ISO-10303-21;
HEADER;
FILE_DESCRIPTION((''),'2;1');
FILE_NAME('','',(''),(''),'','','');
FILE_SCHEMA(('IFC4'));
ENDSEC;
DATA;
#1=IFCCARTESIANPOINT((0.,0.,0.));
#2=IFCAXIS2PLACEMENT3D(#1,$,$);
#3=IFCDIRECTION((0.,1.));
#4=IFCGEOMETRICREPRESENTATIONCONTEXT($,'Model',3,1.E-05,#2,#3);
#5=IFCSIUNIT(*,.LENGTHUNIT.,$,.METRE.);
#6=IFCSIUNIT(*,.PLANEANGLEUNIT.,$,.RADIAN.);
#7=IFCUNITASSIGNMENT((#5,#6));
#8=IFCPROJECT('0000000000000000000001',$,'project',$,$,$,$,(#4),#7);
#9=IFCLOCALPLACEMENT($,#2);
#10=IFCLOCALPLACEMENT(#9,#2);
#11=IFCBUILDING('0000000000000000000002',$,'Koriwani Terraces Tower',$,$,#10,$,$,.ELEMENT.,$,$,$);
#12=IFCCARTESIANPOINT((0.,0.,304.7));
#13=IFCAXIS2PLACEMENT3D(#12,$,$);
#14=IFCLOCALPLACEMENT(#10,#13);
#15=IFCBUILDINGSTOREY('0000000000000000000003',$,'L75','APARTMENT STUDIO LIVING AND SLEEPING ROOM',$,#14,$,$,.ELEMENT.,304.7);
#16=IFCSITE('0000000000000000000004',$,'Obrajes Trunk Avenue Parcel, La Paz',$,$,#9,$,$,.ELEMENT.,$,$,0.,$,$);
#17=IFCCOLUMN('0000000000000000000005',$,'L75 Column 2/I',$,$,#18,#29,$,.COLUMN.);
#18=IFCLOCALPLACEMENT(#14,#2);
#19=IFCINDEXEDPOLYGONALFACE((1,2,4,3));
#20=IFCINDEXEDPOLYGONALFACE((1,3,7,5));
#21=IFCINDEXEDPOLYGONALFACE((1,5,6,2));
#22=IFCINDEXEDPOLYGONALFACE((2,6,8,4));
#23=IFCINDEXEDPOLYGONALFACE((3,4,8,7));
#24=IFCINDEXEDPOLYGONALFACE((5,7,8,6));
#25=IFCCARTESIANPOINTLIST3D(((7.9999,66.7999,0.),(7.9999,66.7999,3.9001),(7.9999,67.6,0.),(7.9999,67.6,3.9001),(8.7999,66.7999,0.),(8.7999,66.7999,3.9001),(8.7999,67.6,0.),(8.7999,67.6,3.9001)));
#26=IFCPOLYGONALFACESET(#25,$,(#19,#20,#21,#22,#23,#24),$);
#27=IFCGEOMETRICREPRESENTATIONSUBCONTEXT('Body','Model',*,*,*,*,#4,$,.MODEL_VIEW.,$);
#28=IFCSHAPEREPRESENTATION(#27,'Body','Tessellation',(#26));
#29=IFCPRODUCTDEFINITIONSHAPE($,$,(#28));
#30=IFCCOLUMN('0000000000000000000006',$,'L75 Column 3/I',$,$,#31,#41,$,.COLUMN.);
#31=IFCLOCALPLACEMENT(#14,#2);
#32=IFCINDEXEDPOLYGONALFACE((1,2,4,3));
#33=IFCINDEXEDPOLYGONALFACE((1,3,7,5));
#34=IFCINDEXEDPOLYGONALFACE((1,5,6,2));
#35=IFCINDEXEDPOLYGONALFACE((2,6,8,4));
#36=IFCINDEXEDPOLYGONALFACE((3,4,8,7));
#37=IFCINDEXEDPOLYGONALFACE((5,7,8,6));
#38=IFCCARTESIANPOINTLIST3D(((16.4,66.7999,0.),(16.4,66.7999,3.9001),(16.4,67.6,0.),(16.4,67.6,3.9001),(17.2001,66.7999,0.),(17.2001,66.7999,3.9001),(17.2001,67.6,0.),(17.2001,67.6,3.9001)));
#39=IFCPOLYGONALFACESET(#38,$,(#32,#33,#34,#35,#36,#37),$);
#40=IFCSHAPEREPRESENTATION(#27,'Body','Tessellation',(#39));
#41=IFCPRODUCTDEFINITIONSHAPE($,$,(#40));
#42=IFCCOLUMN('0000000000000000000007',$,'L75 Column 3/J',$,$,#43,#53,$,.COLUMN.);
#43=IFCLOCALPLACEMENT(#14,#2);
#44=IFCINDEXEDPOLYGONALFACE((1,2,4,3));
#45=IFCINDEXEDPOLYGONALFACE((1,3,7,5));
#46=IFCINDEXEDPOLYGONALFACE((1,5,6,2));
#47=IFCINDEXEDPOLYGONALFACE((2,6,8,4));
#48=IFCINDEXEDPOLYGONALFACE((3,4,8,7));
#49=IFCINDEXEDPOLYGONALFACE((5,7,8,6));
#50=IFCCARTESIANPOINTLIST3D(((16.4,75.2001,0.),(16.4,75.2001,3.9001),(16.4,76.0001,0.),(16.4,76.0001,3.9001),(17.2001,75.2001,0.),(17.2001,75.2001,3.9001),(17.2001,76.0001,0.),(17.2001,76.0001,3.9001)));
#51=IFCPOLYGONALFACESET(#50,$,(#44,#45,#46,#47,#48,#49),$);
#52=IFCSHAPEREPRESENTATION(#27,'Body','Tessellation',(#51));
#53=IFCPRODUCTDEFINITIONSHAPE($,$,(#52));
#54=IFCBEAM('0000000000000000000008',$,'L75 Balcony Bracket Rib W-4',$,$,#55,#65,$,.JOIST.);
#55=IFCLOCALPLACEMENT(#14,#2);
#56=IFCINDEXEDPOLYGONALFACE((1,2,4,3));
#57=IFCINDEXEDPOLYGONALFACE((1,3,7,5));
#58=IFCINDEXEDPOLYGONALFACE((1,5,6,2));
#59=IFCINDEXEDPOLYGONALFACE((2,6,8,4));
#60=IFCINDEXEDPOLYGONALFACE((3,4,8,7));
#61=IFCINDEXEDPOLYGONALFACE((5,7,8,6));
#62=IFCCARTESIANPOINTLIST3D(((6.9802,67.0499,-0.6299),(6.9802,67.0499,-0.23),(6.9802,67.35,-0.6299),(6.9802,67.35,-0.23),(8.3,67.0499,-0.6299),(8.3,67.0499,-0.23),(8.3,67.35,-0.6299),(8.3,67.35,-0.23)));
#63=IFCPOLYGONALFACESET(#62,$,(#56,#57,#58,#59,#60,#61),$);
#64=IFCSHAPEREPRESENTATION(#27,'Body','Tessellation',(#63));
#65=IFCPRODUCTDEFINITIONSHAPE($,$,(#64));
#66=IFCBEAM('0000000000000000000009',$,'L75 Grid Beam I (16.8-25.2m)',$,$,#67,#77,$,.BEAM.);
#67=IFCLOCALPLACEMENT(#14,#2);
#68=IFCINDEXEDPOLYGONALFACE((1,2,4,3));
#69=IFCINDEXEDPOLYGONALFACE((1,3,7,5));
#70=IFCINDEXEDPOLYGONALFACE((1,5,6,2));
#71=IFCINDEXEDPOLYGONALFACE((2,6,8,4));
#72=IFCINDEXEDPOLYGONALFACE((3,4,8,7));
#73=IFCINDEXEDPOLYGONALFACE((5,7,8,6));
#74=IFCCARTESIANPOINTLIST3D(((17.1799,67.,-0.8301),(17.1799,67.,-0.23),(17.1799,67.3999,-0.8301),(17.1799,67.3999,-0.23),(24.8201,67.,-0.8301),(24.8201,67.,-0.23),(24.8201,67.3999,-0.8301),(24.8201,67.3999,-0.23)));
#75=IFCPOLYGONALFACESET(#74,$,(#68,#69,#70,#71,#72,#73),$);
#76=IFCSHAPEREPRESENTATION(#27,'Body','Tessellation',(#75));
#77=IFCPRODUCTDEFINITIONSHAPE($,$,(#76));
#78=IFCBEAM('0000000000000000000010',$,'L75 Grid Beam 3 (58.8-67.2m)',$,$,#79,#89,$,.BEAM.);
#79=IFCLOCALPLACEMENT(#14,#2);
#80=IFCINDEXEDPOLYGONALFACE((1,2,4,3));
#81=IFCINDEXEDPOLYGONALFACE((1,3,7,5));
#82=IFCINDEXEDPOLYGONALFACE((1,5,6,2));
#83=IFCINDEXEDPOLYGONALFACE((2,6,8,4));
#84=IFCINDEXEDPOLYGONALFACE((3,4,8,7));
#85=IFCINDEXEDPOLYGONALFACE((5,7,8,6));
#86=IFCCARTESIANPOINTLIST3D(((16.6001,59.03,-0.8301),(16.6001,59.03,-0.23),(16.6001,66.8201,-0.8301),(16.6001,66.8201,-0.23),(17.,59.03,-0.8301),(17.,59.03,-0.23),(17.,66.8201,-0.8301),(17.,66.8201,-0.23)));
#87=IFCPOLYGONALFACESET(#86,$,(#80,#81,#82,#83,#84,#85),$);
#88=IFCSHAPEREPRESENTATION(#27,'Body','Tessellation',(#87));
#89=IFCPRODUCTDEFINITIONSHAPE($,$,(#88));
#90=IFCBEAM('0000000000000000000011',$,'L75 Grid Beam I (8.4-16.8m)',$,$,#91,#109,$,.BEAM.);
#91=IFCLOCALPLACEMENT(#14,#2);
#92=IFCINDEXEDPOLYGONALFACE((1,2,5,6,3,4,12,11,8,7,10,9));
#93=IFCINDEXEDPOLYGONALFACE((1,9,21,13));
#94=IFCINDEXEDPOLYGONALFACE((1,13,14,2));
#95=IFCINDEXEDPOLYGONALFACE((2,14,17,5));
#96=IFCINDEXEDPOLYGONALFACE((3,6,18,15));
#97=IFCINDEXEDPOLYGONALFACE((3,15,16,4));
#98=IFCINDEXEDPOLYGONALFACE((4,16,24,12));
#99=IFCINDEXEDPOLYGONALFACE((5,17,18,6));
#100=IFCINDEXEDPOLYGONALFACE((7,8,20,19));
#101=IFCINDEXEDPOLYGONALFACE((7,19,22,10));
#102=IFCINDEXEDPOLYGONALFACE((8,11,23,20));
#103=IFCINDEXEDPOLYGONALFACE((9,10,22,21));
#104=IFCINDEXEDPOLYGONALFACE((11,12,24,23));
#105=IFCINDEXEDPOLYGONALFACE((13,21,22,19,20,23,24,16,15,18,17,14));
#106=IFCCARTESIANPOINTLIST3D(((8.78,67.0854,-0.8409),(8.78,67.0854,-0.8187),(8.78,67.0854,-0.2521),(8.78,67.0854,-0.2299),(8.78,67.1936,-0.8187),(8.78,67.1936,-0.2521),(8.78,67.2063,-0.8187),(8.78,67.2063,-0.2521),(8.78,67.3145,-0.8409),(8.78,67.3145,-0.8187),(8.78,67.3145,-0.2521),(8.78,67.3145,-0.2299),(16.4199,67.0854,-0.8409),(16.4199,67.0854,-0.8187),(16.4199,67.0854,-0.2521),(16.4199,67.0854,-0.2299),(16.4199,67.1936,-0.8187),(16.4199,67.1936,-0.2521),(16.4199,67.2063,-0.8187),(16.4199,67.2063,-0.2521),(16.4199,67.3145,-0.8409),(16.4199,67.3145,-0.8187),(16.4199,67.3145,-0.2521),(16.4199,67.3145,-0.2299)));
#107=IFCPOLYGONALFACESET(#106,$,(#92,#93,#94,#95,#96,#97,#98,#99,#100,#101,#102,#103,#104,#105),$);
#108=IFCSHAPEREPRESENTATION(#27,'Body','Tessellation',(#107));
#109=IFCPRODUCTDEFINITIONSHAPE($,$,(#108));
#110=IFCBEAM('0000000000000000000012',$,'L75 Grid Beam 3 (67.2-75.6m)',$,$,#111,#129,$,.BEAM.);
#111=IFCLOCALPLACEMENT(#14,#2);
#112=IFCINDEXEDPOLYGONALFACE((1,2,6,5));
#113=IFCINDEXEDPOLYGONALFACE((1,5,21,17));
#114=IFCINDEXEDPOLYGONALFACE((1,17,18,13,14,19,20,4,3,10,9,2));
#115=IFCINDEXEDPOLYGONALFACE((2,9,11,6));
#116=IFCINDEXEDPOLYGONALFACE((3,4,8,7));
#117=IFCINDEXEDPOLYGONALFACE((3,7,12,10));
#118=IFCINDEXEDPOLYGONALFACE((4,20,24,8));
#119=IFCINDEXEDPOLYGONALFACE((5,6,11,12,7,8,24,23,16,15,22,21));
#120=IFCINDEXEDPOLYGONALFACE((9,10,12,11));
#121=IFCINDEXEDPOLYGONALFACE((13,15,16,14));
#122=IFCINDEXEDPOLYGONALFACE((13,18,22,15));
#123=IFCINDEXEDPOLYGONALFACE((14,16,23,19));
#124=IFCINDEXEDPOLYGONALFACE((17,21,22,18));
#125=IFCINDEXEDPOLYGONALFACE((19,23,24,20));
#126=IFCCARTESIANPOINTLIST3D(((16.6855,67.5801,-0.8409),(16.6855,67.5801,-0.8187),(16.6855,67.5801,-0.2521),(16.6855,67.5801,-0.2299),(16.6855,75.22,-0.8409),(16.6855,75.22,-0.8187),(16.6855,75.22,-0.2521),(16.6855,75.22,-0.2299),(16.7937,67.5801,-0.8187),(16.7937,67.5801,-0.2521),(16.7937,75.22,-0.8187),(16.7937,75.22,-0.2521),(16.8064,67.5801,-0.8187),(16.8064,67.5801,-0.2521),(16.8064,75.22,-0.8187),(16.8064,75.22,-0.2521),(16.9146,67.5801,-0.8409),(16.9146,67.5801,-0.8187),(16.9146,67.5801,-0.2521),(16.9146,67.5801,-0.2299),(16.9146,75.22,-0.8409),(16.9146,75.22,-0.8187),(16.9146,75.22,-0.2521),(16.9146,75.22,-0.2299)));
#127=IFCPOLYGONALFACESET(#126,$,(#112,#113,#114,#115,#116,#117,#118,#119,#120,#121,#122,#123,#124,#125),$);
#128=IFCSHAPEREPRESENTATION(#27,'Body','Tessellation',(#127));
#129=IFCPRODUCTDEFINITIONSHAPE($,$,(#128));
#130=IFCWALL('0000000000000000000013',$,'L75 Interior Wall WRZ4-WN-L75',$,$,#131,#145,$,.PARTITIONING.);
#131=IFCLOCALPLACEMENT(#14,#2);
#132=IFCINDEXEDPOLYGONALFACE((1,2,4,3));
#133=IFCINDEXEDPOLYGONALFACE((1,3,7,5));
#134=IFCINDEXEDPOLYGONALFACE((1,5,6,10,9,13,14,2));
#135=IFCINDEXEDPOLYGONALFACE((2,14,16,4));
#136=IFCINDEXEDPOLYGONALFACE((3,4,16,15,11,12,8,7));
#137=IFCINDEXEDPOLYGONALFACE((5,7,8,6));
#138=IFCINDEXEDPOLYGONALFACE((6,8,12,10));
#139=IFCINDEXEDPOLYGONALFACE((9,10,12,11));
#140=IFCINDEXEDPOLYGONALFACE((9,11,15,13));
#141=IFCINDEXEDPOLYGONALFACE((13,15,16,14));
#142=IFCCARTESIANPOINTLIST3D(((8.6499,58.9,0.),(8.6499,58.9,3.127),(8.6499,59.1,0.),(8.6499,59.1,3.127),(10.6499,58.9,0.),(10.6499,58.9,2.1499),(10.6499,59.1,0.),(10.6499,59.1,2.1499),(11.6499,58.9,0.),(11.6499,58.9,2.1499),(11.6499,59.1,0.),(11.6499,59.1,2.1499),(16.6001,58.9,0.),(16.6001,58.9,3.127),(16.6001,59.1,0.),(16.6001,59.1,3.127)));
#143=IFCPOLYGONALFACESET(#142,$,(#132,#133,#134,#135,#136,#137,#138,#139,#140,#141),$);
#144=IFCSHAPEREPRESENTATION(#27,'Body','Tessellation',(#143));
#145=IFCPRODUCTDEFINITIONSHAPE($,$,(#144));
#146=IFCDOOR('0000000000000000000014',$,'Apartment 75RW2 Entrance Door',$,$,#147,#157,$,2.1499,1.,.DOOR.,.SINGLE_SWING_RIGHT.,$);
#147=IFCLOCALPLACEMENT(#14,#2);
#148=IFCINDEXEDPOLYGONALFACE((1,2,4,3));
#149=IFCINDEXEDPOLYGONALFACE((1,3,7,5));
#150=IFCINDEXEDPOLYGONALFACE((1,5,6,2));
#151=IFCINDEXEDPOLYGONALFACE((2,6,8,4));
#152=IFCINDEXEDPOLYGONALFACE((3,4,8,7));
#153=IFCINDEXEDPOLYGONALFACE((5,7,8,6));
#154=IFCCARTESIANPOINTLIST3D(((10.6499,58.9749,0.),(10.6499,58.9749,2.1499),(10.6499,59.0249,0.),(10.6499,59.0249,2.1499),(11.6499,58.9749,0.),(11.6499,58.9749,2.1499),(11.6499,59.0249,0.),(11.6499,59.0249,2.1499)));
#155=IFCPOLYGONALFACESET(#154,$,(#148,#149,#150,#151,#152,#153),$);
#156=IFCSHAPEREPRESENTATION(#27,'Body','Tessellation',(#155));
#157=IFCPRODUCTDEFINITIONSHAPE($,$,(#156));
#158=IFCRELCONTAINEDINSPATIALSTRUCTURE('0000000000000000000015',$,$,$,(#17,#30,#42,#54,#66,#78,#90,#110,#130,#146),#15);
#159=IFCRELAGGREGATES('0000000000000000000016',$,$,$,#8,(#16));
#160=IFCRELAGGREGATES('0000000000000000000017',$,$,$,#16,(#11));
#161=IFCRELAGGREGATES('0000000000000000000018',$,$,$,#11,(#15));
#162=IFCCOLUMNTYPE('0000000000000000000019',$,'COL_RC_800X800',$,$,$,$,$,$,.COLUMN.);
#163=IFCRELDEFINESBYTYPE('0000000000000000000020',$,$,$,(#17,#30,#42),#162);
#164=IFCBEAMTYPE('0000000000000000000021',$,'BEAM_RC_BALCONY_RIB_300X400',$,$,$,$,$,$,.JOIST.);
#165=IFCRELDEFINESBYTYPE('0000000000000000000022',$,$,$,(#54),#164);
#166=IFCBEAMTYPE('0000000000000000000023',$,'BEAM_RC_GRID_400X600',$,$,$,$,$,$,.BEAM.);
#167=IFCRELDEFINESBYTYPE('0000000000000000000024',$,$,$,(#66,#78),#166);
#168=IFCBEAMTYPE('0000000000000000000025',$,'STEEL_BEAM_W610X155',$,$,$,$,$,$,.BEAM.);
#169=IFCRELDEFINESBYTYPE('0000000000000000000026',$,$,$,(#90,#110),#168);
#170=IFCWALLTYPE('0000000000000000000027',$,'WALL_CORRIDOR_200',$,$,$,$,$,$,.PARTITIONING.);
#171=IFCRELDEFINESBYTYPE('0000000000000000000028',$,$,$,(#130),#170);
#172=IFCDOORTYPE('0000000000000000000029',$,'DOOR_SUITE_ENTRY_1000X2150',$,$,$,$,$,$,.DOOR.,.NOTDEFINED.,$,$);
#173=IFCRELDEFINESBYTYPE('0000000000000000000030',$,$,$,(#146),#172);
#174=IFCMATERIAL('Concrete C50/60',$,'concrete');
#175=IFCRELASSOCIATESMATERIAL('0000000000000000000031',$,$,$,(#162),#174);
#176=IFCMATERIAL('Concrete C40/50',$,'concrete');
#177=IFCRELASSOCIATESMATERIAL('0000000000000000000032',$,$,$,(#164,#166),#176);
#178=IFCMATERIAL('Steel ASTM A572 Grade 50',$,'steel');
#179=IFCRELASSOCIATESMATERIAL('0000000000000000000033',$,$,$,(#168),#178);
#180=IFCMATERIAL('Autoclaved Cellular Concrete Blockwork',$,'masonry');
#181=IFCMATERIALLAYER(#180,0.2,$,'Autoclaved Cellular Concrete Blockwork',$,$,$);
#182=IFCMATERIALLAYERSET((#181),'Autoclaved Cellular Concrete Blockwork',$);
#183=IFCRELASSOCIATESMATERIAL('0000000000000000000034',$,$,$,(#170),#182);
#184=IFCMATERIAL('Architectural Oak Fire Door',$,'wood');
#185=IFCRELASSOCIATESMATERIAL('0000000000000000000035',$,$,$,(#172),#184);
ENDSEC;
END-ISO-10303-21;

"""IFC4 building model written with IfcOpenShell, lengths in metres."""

from ifc_helpers import new_model, si_unit, direction, frame, frame_2d, origin, origin_2d, place, context, subcontext, project, spatial, rectangle, i_section, extrude, material, layer, layer_set, material_profile, profile_set, type_object, element, fill, save


model = new_model("IFC4")

# Units and contexts
model_context = context("Model", 3, precision=1e-05, world=origin(), true_north=direction((0.0, 1.0)))
body_context = subcontext(model_context, "Body", "Model", "MODEL_VIEW")
ifc_project = project(units=[si_unit("LENGTHUNIT", "METRE"), si_unit("PLANEANGLEUNIT", "RADIAN")], contexts=[model_context])

# Site, building, storey
site_placement = place(None, origin())
site = spatial("IfcSite", under=ifc_project, at=site_placement, Name="Obrajes Trunk Avenue Parcel, La Paz", CompositionType="ELEMENT", RefElevation=0.0)
building_placement = place(site_placement, origin())
building = spatial("IfcBuilding", under=site, at=building_placement, Name="Koriwani Terraces Tower", CompositionType="ELEMENT")
storey_placement = place(building_placement, frame((0.0, 0.0, 304.7)))
storey = spatial("IfcBuildingStorey", under=building, at=storey_placement, Name="L75", Description="APARTMENT STUDIO LIVING AND SLEEPING ROOM", CompositionType="ELEMENT", Elevation=304.7)

# Columns
ifc_material_1 = material(Name="Concrete C50/60", Category="concrete")
ifc_material_profile_1 = material_profile(ifc_material_1, rectangle(XDim=0.8, YDim=0.8, at=origin_2d()), Name="Concrete C50/60", Category="LoadBearing")
ifc_profile_set_1 = profile_set([ifc_material_profile_1], Name="Concrete C50/60")
column_type = type_object("IfcColumnType", Name="COL_RC_800X800", PredefinedType="COLUMN", material=ifc_profile_set_1)
for number, where, z_axis, x_axis, name in (
    (1, (8.3999, 67.2, 0.0), (0.0, 0.0, 1.0), (1.0, 0.0, 0.0), "L75 Column 2/I"),
    (2, (16.8, 67.2, 0.0), (0.0, 0.0, 1.0), (1.0, 0.0, 0.0), "L75 Column 3/I"),
    (3, (16.8, 75.6001, 0.0), (0.0, 0.0, 1.0), (1.0, 0.0, 0.0), "L75 Column 3/J"),
):
    element("IfcColumn", number, at=place(storey_placement, frame(where, z_axis=z_axis, x_axis=x_axis)), inside=storey, type_object=column_type, Name=name, PredefinedType="COLUMN", context=body_context, shape_type="SweptSolid", body=[
        extrude(rectangle(XDim=0.8, YDim=0.8, at=origin_2d()), origin(), (0.0, 0.0, 1.0), 3.9001),
    ])

# Beams
ifc_material_2 = material(Name="Concrete C40/50", Category="concrete")
ifc_material_profile_2 = material_profile(ifc_material_2, rectangle(XDim=0.3, YDim=0.3999, at=origin_2d()), Name="Concrete C40/50", Category="LoadBearing")
ifc_profile_set_2 = profile_set([ifc_material_profile_2], Name="Concrete C40/50")
beam_type_1 = type_object("IfcBeamType", Name="BEAM_RC_BALCONY_RIB_300X400", PredefinedType="JOIST", material=ifc_profile_set_2)
beam_1_placement = place(storey_placement, frame((6.9802, 67.2, -0.4299), z_axis=(1.0, 0.0, 0.0), x_axis=(0.0, 1.0, 0.0)))
element("IfcBeam", 4, at=beam_1_placement, inside=storey, type_object=beam_type_1, Name="L75 Balcony Bracket Rib W-4", PredefinedType="JOIST", context=body_context, shape_type="SweptSolid", body=[
    extrude(rectangle(XDim=0.3, YDim=0.3999, at=origin_2d()), origin(), (0.0, 0.0, 1.0), 1.3198),
])
ifc_material_profile_3 = material_profile(ifc_material_2, rectangle(XDim=0.3999, YDim=0.6001, at=origin_2d()), Name="Concrete C40/50", Category="LoadBearing")
ifc_profile_set_3 = profile_set([ifc_material_profile_3], Name="Concrete C40/50")
beam_type_2 = type_object("IfcBeamType", Name="BEAM_RC_GRID_400X600", PredefinedType="BEAM", material=ifc_profile_set_3)
beam_2_placement = place(storey_placement, frame((17.1799, 67.2, -0.53), z_axis=(1.0, 0.0, 0.0), x_axis=(0.0, 1.0, 0.0)))
element("IfcBeam", 5, at=beam_2_placement, inside=storey, type_object=beam_type_2, Name="L75 Grid Beam I (16.8-25.2m)", PredefinedType="BEAM", context=body_context, shape_type="SweptSolid", body=[
    extrude(rectangle(XDim=0.3999, YDim=0.6001, at=origin_2d()), origin(), (0.0, 0.0, 1.0), 7.6401),
])
beam_3_placement = place(storey_placement, frame((16.8, 59.03, -0.53), z_axis=(0.0, 1.0, 0.0), x_axis=(-1.0, 0.0, 0.0)))
element("IfcBeam", 6, at=beam_3_placement, inside=storey, type_object=beam_type_2, Name="L75 Grid Beam 3 (58.8-67.2m)", PredefinedType="BEAM", context=body_context, shape_type="SweptSolid", body=[
    extrude(rectangle(XDim=0.3999, YDim=0.6001, at=origin_2d()), origin(), (0.0, 0.0, 1.0), 7.79),
])
ifc_material_3 = material(Name="Steel ASTM A572 Grade 50", Category="steel")
ifc_material_profile_4 = material_profile(ifc_material_3, i_section(OverallWidth=0.229, OverallDepth=0.6111, WebThickness=0.0127, FlangeThickness=0.0222, at=origin_2d()), Name="Steel ASTM A572 Grade 50", Category="LoadBearing")
ifc_profile_set_4 = profile_set([ifc_material_profile_4], Name="Steel ASTM A572 Grade 50")
beam_type_3 = type_object("IfcBeamType", Name="STEEL_BEAM_W610X155", PredefinedType="BEAM", material=ifc_profile_set_4)
for number, where, z_axis, x_axis, name in (
    (7, (8.78, 67.2, -0.5354), (1.0, 0.0, 0.0), (0.0, 1.0, 0.0), "L75 Grid Beam I (8.4-16.8m)"),
    (8, (16.8, 67.5801, -0.5354), (0.0, 1.0, 0.0), (-1.0, 0.0, 0.0), "L75 Grid Beam 3 (67.2-75.6m)"),
):
    element("IfcBeam", number, at=place(storey_placement, frame(where, z_axis=z_axis, x_axis=x_axis)), inside=storey, type_object=beam_type_3, Name=name, PredefinedType="BEAM", context=body_context, shape_type="SweptSolid", body=[
        extrude(i_section(OverallWidth=0.229, OverallDepth=0.6111, WebThickness=0.0127, FlangeThickness=0.0222, at=origin_2d()), origin(), (0.0, 0.0, 1.0), 7.6399),
    ])

# Wall, opening, door
ifc_material_4 = material(Name="Autoclaved Cellular Concrete Blockwork", Category="masonry")
ifc_layer_1 = layer(ifc_material_4, 0.2, Name="Autoclaved Cellular Concrete Blockwork")
ifc_layer_set_1 = layer_set([ifc_layer_1], Name="Autoclaved Cellular Concrete Blockwork")
wall_type_1 = type_object("IfcWallType", Name="WALL_CORRIDOR_200", PredefinedType="PARTITIONING", material=ifc_layer_set_1)
wall_1_placement = place(storey_placement, frame((8.6499, 59.0, 0.0), z_axis=(0.0, 0.0, 1.0), x_axis=(1.0, 0.0, 0.0)))
wall_1 = element("IfcWall", 9, at=wall_1_placement, inside=storey, type_object=wall_type_1, Name="L75 Interior Wall WRZ4-WN-L75", PredefinedType="PARTITIONING", context=body_context, shape_type="SweptSolid", body=[
    extrude(rectangle(XDim=7.9502, YDim=0.2, at=frame_2d((3.9751, 0.0))), origin(), (0.0, 0.0, 1.0), 3.127),
])
opening_1_placement = place(wall_1_placement, frame((2.0, 0.0, 0.0)))
opening_1 = element("IfcOpeningElement", 10, at=opening_1_placement, cuts=wall_1, PredefinedType="OPENING", context=body_context, shape_type="SweptSolid", body=[
    extrude(rectangle(XDim=1.0, YDim=2.1499, at=frame_2d((0.5, 1.075))), frame((0.0, 0.1099, 0.0), z_axis=(0.0, -1.0, 0.0), x_axis=(1.0, 0.0, 0.0)), (0.0, 0.0, 1.0), 0.22),
])
ifc_material_5 = material(Name="Architectural Oak Fire Door", Category="wood")
door_type_1 = type_object("IfcDoorType", Name="DOOR_SUITE_ENTRY_1000X2150", OperationType="NOTDEFINED", PredefinedType="DOOR", material=ifc_material_5)
door_1_placement = place(opening_1_placement, origin())
door_1 = element("IfcDoor", 11, at=door_1_placement, inside=storey, type_object=door_type_1, Name="Apartment 75RW2 Entrance Door", OperationType="SINGLE_SWING_RIGHT", OverallHeight=2.1499, OverallWidth=1.0, PredefinedType="DOOR", context=body_context, shape_type="SweptSolid", body=[
    extrude(rectangle(XDim=1.0, YDim=2.1499, at=frame_2d((0.5, 1.075))), frame((0.0, 0.0249, 0.0), z_axis=(0.0, -1.0, 0.0), x_axis=(1.0, 0.0, 0.0)), (0.0, 0.0, 1.0), 0.05),
])
fill(opening_1, door_1)

save(model, "model.ifc")
